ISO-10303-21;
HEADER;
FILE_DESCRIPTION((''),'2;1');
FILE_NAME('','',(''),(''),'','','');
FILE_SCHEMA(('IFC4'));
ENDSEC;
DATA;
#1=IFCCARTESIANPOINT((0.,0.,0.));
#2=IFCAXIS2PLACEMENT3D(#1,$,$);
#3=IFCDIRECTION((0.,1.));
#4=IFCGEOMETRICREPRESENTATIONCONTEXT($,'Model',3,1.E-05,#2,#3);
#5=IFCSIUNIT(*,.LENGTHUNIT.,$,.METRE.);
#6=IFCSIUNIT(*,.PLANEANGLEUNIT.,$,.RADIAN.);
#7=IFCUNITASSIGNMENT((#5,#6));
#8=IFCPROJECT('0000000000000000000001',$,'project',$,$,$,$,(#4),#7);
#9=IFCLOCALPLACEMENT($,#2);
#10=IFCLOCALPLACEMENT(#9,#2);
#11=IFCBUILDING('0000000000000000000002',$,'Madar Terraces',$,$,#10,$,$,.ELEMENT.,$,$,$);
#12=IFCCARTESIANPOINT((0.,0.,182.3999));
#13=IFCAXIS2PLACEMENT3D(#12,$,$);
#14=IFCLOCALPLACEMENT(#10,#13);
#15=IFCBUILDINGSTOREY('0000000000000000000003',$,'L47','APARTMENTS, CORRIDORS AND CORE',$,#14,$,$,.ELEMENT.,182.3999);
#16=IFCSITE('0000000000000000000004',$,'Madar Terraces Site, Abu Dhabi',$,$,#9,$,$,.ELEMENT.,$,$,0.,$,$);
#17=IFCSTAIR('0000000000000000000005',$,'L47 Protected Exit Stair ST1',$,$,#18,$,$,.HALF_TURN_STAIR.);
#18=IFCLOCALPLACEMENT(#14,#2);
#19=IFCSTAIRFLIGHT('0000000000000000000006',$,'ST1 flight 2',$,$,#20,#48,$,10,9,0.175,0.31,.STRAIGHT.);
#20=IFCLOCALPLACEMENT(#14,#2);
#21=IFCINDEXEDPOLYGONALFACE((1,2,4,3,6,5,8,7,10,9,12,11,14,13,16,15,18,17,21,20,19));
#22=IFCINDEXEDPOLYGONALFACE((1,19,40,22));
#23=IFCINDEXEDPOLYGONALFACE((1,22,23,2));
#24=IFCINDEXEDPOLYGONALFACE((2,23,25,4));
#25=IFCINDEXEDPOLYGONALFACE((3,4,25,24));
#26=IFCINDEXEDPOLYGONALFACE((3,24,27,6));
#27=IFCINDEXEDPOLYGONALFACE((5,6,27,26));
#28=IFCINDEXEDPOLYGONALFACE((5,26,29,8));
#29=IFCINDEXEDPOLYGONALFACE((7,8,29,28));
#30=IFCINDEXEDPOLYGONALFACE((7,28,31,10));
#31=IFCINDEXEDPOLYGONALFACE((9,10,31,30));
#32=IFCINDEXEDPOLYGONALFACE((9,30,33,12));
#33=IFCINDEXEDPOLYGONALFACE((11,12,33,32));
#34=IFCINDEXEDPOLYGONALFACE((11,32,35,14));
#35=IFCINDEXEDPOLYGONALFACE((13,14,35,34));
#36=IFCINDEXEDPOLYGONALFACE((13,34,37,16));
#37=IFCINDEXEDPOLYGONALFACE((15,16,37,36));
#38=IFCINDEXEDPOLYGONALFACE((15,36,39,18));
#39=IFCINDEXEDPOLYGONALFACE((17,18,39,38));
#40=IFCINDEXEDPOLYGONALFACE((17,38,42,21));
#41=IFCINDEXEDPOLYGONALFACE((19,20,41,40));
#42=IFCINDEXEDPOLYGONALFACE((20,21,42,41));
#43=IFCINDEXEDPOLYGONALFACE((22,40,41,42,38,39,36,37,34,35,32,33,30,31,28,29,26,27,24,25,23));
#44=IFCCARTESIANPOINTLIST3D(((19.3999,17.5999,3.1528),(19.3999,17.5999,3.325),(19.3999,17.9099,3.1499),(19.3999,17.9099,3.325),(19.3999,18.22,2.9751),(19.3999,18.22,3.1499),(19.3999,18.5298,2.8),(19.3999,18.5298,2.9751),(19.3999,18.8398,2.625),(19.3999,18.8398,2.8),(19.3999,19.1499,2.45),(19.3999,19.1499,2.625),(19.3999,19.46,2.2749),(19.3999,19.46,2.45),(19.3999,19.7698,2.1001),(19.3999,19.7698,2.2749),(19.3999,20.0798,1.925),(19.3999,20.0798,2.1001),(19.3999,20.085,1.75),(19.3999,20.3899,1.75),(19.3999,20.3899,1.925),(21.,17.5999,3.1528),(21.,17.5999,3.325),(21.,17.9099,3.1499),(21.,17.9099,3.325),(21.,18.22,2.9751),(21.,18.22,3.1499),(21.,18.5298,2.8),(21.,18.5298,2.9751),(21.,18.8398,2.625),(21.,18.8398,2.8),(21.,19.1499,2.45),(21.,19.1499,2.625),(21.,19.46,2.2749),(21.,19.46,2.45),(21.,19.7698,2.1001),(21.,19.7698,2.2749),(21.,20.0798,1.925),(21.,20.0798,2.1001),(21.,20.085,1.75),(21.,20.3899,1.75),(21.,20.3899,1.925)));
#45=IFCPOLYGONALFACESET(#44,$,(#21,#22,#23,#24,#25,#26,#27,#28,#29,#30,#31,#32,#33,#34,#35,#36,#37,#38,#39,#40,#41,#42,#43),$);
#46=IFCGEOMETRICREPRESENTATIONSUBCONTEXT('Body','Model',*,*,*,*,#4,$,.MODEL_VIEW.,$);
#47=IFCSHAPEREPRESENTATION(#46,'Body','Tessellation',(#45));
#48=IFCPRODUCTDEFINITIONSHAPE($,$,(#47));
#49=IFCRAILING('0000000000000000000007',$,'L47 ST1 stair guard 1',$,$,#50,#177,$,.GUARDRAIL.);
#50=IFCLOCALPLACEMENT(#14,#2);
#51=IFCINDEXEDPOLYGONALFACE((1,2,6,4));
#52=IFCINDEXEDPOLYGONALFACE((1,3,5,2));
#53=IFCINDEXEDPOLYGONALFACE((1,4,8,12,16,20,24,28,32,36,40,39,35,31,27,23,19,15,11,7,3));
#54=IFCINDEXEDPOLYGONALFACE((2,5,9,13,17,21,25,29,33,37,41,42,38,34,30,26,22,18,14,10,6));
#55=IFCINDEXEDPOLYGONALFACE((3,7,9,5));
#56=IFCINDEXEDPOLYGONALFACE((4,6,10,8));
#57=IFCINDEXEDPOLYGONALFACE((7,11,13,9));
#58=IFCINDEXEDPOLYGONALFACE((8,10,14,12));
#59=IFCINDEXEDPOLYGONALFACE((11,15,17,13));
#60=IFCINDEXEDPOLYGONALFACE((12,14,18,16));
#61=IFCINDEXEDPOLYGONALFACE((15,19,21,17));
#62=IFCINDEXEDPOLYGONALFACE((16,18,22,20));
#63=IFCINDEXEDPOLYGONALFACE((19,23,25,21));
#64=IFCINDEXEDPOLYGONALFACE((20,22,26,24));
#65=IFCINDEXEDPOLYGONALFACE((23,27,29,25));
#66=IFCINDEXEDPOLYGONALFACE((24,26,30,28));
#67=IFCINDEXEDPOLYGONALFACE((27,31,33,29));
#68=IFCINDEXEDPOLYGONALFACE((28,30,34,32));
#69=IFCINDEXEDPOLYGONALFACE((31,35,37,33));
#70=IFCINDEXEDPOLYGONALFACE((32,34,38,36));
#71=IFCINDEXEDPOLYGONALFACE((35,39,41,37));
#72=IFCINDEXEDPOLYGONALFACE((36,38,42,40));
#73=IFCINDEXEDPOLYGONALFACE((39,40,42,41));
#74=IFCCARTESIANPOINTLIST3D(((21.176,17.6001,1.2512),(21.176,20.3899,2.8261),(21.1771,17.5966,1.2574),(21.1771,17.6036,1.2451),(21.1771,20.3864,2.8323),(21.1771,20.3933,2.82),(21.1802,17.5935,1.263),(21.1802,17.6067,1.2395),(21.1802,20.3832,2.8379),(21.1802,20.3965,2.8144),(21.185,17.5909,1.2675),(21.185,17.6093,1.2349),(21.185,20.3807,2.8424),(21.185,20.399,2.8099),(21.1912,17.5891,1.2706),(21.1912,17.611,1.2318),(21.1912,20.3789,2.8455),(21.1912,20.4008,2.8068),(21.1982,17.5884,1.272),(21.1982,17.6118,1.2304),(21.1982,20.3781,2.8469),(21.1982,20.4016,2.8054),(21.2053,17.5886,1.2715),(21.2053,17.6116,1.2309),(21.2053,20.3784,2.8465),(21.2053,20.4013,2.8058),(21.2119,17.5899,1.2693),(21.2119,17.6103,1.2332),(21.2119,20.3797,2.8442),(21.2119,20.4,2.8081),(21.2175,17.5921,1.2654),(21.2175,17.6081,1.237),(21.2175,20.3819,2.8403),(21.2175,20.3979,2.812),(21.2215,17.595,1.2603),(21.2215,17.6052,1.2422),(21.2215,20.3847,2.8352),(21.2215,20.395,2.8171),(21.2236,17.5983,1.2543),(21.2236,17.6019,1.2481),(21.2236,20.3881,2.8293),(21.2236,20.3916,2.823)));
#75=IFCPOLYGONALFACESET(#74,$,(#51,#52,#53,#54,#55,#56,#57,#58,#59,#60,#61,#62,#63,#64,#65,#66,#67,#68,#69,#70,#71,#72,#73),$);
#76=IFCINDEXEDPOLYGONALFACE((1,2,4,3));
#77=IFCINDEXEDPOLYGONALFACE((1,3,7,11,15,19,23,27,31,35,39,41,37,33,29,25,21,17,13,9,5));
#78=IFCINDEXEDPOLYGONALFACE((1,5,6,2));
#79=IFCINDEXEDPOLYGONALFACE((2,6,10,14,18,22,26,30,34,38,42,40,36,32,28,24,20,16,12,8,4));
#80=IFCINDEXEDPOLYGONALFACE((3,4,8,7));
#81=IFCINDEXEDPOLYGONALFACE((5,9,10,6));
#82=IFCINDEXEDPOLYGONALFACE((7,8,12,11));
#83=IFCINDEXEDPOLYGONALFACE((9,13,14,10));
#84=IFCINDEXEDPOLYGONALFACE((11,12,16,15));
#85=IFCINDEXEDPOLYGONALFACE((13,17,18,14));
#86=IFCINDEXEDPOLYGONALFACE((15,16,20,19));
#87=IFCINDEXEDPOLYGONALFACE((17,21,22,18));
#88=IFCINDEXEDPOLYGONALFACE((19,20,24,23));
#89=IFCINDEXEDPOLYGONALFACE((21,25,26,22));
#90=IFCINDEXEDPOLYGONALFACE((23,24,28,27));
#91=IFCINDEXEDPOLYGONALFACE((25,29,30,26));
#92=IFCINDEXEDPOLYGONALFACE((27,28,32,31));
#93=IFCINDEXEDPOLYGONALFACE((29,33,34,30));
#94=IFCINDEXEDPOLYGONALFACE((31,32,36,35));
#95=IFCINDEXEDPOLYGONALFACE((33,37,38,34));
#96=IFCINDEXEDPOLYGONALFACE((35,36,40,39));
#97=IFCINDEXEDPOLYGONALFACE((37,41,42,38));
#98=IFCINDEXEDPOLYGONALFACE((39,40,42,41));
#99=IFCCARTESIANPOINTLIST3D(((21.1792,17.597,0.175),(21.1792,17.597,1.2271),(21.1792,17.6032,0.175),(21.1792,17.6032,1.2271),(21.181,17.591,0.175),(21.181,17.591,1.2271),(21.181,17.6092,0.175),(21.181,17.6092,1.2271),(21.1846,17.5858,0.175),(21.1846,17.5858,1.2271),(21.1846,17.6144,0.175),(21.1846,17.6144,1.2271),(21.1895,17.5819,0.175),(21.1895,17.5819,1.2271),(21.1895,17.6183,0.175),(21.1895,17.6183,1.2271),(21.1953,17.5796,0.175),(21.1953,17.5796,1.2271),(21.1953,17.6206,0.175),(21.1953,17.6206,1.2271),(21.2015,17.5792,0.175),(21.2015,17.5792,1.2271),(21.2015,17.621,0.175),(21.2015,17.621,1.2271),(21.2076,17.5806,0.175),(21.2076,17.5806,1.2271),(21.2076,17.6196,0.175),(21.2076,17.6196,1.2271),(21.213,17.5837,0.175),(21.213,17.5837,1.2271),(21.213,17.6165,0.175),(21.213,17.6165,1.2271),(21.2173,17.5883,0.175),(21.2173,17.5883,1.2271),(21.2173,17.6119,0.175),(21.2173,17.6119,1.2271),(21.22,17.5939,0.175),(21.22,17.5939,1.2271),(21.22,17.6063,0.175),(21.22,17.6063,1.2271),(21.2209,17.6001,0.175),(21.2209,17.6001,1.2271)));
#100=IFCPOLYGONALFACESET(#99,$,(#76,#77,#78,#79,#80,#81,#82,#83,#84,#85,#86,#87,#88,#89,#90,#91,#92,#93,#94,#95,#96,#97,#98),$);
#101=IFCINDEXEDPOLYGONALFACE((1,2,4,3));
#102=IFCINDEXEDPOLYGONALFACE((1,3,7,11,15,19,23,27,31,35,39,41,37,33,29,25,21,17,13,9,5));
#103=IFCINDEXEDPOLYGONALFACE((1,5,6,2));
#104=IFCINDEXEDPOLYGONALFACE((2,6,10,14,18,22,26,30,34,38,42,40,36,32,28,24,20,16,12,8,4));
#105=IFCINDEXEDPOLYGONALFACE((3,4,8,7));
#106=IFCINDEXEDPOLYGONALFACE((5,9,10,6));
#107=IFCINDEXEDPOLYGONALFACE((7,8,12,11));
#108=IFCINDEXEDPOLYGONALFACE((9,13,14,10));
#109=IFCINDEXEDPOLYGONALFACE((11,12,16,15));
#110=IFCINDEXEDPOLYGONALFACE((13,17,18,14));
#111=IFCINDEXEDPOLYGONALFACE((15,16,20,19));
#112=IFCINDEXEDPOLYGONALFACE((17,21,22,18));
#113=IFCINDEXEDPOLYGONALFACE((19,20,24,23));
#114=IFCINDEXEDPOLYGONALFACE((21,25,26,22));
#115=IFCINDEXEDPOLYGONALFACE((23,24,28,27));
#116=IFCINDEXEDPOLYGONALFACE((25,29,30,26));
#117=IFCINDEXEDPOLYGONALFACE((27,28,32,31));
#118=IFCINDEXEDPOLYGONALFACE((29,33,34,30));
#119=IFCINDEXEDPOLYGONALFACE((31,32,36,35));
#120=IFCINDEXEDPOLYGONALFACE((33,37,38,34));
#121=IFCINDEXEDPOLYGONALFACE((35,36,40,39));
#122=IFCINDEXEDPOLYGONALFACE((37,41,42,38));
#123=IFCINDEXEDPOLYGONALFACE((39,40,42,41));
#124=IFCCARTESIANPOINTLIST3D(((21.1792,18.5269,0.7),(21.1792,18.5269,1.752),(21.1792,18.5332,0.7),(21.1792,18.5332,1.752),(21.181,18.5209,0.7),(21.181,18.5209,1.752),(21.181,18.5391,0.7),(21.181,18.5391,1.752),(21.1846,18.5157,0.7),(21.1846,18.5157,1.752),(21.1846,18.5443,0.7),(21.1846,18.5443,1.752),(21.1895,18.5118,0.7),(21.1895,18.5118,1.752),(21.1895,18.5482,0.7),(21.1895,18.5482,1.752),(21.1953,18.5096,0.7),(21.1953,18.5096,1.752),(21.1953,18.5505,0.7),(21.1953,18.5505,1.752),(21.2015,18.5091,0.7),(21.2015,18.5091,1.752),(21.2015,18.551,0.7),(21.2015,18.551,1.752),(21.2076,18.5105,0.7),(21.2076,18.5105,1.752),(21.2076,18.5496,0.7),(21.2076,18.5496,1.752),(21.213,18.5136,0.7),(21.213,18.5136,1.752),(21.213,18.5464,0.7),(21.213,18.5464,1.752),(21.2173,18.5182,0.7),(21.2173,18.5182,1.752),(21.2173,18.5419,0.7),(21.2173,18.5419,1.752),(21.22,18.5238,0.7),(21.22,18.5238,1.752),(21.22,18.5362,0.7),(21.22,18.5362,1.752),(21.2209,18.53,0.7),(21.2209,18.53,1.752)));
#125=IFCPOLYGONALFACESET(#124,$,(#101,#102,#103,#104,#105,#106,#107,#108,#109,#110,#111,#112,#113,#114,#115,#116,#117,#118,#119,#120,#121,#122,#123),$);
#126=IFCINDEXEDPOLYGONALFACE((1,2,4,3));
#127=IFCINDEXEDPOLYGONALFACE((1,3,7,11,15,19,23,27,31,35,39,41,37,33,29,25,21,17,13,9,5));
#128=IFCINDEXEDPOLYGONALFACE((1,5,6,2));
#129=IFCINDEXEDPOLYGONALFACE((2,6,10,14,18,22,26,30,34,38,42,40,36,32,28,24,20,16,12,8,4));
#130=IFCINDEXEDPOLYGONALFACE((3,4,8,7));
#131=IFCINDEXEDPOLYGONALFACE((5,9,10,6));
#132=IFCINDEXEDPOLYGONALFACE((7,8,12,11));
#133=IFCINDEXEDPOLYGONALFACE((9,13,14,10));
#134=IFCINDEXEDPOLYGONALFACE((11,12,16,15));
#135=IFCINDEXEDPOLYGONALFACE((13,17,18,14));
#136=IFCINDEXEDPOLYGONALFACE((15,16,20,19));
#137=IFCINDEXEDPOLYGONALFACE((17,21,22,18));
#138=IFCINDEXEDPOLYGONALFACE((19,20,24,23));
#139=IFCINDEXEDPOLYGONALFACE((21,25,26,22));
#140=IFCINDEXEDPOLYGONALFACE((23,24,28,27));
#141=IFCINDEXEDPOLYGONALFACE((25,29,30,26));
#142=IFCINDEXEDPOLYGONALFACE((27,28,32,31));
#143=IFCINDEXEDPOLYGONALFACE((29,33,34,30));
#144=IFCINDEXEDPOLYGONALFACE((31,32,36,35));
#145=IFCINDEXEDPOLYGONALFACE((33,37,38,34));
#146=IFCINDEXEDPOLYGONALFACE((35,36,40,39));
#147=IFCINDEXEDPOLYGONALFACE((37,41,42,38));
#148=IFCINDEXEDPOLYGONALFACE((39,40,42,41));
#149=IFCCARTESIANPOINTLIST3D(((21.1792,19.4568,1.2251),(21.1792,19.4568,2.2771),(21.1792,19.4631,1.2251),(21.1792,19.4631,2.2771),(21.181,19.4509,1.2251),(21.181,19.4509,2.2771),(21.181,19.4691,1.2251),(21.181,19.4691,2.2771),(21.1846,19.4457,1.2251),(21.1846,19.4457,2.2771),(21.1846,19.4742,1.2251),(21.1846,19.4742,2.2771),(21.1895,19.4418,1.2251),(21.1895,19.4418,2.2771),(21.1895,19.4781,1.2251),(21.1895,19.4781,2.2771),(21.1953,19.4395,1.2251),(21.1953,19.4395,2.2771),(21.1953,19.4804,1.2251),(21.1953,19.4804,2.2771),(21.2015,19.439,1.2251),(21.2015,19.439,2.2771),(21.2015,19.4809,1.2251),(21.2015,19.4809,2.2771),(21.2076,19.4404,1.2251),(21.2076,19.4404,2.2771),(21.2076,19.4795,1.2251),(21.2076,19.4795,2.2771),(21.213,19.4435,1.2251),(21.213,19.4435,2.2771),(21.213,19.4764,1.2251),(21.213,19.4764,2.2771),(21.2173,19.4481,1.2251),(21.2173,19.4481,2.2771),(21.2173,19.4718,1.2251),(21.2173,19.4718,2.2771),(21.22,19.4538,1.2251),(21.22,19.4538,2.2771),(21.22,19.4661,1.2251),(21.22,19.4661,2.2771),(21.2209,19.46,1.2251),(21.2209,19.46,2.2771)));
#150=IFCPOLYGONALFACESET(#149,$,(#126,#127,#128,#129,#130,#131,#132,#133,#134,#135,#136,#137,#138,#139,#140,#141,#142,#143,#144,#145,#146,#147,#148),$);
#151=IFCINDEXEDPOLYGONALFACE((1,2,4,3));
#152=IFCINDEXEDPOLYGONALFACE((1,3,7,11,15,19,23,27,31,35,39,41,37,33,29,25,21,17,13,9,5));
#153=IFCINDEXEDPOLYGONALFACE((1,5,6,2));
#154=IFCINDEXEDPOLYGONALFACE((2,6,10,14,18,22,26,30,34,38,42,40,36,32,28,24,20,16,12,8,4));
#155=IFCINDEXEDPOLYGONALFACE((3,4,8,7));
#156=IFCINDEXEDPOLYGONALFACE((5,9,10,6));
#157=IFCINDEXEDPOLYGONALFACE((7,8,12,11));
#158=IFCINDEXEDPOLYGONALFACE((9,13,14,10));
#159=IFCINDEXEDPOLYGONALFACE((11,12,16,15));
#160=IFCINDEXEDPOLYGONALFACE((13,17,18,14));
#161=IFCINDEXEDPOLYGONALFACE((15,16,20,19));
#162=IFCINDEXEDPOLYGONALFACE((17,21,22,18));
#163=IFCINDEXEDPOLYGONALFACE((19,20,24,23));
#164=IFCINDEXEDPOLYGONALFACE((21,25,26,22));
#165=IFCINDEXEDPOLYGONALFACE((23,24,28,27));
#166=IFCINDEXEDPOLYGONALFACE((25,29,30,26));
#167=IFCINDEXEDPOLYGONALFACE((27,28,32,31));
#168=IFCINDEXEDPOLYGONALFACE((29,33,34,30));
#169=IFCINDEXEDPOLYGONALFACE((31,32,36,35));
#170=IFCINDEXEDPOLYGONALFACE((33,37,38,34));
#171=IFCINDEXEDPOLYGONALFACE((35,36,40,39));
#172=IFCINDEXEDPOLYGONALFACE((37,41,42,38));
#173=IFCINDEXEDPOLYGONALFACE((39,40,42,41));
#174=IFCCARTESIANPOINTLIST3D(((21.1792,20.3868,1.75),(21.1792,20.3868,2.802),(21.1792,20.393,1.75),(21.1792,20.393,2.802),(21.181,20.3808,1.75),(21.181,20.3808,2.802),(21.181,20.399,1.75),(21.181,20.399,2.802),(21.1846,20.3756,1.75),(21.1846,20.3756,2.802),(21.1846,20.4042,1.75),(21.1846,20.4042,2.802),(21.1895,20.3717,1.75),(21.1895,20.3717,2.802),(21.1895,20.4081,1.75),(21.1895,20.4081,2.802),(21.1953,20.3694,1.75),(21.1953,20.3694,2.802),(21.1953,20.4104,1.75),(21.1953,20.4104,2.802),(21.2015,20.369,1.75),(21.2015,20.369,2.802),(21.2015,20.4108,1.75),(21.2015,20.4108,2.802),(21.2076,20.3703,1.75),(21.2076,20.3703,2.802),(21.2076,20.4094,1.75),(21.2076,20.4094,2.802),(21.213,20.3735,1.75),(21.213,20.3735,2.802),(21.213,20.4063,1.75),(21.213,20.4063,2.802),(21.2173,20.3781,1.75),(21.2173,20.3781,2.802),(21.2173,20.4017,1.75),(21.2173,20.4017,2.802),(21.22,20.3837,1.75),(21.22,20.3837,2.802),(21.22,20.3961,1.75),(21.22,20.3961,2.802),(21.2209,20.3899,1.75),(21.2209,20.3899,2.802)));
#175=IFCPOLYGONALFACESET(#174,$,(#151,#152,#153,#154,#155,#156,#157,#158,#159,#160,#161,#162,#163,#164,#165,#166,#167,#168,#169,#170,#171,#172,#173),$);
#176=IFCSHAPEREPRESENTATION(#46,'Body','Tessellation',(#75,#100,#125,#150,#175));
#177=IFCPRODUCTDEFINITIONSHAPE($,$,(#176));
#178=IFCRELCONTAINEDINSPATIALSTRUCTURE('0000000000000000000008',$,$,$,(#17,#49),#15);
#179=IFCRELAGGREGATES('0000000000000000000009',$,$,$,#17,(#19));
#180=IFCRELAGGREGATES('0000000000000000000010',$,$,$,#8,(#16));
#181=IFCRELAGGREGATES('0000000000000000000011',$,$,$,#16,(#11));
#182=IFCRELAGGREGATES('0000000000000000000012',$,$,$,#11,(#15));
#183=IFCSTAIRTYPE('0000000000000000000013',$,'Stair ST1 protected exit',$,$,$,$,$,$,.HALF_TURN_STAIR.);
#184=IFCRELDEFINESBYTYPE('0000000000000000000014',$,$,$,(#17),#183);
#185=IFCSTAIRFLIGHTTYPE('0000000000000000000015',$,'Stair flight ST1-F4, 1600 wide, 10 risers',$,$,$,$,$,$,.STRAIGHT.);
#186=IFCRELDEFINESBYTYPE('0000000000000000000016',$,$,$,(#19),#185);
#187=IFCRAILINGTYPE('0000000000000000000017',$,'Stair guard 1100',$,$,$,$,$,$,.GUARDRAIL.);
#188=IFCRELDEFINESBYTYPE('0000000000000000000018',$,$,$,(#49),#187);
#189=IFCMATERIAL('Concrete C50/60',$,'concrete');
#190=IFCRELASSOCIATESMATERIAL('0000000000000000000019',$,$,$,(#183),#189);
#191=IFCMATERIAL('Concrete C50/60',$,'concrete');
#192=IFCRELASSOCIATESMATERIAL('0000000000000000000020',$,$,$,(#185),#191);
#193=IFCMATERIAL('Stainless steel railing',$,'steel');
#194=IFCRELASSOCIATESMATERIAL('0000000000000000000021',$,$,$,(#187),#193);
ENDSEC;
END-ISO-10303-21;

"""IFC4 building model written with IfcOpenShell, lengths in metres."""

from ifc_helpers import new_model, si_unit, direction, frame, origin, origin_2d, place, context, subcontext, project, spatial, polyline, circle, outline, extrude, material, type_object, element, aggregate, save


model = new_model("IFC4")

# Units and contexts
model_context = context("Model", 3, precision=1e-05, world=origin(), true_north=direction((0.0, 1.0)))
body_context = subcontext(model_context, "Body", "Model", "MODEL_VIEW")
ifc_project = project(units=[si_unit("LENGTHUNIT", "METRE"), si_unit("PLANEANGLEUNIT", "RADIAN")], contexts=[model_context])

# Site, building, storey
site_placement = place(None, origin())
site = spatial("IfcSite", under=ifc_project, at=site_placement, Name="Madar Terraces Site, Abu Dhabi", CompositionType="ELEMENT", RefElevation=0.0)
building_placement = place(site_placement, origin())
building = spatial("IfcBuilding", under=site, at=building_placement, Name="Madar Terraces", CompositionType="ELEMENT")
storey_placement = place(building_placement, frame((0.0, 0.0, 182.3999)))
storey = spatial("IfcBuildingStorey", under=building, at=storey_placement, Name="L47", Description="APARTMENTS, CORRIDORS AND CORE", CompositionType="ELEMENT", Elevation=182.3999)

# Stair, stair flight
ifc_material_1 = material(Name="Concrete C50/60", Category="concrete")
stair_type = type_object("IfcStairType", Name="Stair ST1 protected exit", PredefinedType="HALF_TURN_STAIR", material=ifc_material_1)
stair_placement = place(storey_placement, origin())
stair = element("IfcStair", 1, at=stair_placement, inside=storey, type_object=stair_type, Name="L47 Protected Exit Stair ST1", PredefinedType="HALF_TURN_STAIR")
ifc_material_2 = material(Name="Concrete C50/60", Category="concrete")
stair_flight_type = type_object("IfcStairFlightType", Name="Stair flight ST1-F4, 1600 wide, 10 risers", PredefinedType="STRAIGHT", material=ifc_material_2)
stair_flight_1_placement = place(storey_placement, frame((20.2, 20.3899, 1.75), z_axis=(0.0, 0.0, 1.0), x_axis=(0.0, -1.0, 0.0)))
stair_flight_1 = element("IfcStairFlight", 2, at=stair_flight_1_placement, type_object=stair_flight_type, Name="ST1 flight 2", NumberOfRisers=10, NumberOfTreads=9, PredefinedType="STRAIGHT", RiserHeight=0.175, TreadLength=0.31, context=body_context, shape_type="SweptSolid", body=[
    extrude(outline(polyline([(0.0, 0.0), (0.0, 0.175), (0.3101, 0.175), (0.3101, 0.3501), (0.6201, 0.3501), (0.6201, 0.5249), (0.9299, 0.5249), (0.9299, 0.7), (1.24, 0.7), (1.24, 0.875), (1.55, 0.875), (1.55, 1.05), (1.8601, 1.05), (1.8601, 1.2251), (2.1699, 1.2251), (2.1699, 1.3999), (2.48, 1.3999), (2.48, 1.575), (2.79, 1.575), (2.79, 1.75), (2.79, 1.4028), (0.3049, 0.0), (0.0, 0.0)])), frame((0.0, 0.8, 0.0), z_axis=(0.0, -1.0, 0.0), x_axis=(1.0, 0.0, 0.0)), (0.0, 0.0, 1.0), 1.6001),
])
aggregate(stair, [stair_flight_1])

# Railing
ifc_material_3 = material(Name="Stainless steel railing", Category="steel")
railing_type_1 = type_object("IfcRailingType", Name="Stair guard 1100", PredefinedType="GUARDRAIL", material=ifc_material_3)
railing_1_placement = place(storey_placement, frame((21.2, 17.6001, 0.175)))
element("IfcRailing", 3, at=railing_1_placement, inside=storey, type_object=railing_type_1, Name="L47 ST1 stair guard 1", PredefinedType="GUARDRAIL", context=body_context, shape_type="SweptSolid", body=[
    extrude(circle(Radius=0.0239, at=origin_2d()), frame((0.0, 0.0, 1.0762), z_axis=(0.0, 0.870815, 0.49161), x_axis=(-1.0, 0.0, 0.0)), (0.0, 0.0, 1.0), 3.2036),
    extrude(circle(Radius=0.021, at=origin_2d()), origin(), (0.0, 0.0, 1.0), 1.052),
    extrude(circle(Radius=0.021, at=origin_2d()), frame((0.0, 0.9299, 0.5249)), (0.0, 0.0, 1.0), 1.052),
    extrude(circle(Radius=0.021, at=origin_2d()), frame((0.0, 1.8599, 1.05)), (0.0, 0.0, 1.0), 1.052),
    extrude(circle(Radius=0.021, at=origin_2d()), frame((0.0, 2.7898, 1.575)), (0.0, 0.0, 1.0), 1.052),
])

save(model, "model.ifc")
